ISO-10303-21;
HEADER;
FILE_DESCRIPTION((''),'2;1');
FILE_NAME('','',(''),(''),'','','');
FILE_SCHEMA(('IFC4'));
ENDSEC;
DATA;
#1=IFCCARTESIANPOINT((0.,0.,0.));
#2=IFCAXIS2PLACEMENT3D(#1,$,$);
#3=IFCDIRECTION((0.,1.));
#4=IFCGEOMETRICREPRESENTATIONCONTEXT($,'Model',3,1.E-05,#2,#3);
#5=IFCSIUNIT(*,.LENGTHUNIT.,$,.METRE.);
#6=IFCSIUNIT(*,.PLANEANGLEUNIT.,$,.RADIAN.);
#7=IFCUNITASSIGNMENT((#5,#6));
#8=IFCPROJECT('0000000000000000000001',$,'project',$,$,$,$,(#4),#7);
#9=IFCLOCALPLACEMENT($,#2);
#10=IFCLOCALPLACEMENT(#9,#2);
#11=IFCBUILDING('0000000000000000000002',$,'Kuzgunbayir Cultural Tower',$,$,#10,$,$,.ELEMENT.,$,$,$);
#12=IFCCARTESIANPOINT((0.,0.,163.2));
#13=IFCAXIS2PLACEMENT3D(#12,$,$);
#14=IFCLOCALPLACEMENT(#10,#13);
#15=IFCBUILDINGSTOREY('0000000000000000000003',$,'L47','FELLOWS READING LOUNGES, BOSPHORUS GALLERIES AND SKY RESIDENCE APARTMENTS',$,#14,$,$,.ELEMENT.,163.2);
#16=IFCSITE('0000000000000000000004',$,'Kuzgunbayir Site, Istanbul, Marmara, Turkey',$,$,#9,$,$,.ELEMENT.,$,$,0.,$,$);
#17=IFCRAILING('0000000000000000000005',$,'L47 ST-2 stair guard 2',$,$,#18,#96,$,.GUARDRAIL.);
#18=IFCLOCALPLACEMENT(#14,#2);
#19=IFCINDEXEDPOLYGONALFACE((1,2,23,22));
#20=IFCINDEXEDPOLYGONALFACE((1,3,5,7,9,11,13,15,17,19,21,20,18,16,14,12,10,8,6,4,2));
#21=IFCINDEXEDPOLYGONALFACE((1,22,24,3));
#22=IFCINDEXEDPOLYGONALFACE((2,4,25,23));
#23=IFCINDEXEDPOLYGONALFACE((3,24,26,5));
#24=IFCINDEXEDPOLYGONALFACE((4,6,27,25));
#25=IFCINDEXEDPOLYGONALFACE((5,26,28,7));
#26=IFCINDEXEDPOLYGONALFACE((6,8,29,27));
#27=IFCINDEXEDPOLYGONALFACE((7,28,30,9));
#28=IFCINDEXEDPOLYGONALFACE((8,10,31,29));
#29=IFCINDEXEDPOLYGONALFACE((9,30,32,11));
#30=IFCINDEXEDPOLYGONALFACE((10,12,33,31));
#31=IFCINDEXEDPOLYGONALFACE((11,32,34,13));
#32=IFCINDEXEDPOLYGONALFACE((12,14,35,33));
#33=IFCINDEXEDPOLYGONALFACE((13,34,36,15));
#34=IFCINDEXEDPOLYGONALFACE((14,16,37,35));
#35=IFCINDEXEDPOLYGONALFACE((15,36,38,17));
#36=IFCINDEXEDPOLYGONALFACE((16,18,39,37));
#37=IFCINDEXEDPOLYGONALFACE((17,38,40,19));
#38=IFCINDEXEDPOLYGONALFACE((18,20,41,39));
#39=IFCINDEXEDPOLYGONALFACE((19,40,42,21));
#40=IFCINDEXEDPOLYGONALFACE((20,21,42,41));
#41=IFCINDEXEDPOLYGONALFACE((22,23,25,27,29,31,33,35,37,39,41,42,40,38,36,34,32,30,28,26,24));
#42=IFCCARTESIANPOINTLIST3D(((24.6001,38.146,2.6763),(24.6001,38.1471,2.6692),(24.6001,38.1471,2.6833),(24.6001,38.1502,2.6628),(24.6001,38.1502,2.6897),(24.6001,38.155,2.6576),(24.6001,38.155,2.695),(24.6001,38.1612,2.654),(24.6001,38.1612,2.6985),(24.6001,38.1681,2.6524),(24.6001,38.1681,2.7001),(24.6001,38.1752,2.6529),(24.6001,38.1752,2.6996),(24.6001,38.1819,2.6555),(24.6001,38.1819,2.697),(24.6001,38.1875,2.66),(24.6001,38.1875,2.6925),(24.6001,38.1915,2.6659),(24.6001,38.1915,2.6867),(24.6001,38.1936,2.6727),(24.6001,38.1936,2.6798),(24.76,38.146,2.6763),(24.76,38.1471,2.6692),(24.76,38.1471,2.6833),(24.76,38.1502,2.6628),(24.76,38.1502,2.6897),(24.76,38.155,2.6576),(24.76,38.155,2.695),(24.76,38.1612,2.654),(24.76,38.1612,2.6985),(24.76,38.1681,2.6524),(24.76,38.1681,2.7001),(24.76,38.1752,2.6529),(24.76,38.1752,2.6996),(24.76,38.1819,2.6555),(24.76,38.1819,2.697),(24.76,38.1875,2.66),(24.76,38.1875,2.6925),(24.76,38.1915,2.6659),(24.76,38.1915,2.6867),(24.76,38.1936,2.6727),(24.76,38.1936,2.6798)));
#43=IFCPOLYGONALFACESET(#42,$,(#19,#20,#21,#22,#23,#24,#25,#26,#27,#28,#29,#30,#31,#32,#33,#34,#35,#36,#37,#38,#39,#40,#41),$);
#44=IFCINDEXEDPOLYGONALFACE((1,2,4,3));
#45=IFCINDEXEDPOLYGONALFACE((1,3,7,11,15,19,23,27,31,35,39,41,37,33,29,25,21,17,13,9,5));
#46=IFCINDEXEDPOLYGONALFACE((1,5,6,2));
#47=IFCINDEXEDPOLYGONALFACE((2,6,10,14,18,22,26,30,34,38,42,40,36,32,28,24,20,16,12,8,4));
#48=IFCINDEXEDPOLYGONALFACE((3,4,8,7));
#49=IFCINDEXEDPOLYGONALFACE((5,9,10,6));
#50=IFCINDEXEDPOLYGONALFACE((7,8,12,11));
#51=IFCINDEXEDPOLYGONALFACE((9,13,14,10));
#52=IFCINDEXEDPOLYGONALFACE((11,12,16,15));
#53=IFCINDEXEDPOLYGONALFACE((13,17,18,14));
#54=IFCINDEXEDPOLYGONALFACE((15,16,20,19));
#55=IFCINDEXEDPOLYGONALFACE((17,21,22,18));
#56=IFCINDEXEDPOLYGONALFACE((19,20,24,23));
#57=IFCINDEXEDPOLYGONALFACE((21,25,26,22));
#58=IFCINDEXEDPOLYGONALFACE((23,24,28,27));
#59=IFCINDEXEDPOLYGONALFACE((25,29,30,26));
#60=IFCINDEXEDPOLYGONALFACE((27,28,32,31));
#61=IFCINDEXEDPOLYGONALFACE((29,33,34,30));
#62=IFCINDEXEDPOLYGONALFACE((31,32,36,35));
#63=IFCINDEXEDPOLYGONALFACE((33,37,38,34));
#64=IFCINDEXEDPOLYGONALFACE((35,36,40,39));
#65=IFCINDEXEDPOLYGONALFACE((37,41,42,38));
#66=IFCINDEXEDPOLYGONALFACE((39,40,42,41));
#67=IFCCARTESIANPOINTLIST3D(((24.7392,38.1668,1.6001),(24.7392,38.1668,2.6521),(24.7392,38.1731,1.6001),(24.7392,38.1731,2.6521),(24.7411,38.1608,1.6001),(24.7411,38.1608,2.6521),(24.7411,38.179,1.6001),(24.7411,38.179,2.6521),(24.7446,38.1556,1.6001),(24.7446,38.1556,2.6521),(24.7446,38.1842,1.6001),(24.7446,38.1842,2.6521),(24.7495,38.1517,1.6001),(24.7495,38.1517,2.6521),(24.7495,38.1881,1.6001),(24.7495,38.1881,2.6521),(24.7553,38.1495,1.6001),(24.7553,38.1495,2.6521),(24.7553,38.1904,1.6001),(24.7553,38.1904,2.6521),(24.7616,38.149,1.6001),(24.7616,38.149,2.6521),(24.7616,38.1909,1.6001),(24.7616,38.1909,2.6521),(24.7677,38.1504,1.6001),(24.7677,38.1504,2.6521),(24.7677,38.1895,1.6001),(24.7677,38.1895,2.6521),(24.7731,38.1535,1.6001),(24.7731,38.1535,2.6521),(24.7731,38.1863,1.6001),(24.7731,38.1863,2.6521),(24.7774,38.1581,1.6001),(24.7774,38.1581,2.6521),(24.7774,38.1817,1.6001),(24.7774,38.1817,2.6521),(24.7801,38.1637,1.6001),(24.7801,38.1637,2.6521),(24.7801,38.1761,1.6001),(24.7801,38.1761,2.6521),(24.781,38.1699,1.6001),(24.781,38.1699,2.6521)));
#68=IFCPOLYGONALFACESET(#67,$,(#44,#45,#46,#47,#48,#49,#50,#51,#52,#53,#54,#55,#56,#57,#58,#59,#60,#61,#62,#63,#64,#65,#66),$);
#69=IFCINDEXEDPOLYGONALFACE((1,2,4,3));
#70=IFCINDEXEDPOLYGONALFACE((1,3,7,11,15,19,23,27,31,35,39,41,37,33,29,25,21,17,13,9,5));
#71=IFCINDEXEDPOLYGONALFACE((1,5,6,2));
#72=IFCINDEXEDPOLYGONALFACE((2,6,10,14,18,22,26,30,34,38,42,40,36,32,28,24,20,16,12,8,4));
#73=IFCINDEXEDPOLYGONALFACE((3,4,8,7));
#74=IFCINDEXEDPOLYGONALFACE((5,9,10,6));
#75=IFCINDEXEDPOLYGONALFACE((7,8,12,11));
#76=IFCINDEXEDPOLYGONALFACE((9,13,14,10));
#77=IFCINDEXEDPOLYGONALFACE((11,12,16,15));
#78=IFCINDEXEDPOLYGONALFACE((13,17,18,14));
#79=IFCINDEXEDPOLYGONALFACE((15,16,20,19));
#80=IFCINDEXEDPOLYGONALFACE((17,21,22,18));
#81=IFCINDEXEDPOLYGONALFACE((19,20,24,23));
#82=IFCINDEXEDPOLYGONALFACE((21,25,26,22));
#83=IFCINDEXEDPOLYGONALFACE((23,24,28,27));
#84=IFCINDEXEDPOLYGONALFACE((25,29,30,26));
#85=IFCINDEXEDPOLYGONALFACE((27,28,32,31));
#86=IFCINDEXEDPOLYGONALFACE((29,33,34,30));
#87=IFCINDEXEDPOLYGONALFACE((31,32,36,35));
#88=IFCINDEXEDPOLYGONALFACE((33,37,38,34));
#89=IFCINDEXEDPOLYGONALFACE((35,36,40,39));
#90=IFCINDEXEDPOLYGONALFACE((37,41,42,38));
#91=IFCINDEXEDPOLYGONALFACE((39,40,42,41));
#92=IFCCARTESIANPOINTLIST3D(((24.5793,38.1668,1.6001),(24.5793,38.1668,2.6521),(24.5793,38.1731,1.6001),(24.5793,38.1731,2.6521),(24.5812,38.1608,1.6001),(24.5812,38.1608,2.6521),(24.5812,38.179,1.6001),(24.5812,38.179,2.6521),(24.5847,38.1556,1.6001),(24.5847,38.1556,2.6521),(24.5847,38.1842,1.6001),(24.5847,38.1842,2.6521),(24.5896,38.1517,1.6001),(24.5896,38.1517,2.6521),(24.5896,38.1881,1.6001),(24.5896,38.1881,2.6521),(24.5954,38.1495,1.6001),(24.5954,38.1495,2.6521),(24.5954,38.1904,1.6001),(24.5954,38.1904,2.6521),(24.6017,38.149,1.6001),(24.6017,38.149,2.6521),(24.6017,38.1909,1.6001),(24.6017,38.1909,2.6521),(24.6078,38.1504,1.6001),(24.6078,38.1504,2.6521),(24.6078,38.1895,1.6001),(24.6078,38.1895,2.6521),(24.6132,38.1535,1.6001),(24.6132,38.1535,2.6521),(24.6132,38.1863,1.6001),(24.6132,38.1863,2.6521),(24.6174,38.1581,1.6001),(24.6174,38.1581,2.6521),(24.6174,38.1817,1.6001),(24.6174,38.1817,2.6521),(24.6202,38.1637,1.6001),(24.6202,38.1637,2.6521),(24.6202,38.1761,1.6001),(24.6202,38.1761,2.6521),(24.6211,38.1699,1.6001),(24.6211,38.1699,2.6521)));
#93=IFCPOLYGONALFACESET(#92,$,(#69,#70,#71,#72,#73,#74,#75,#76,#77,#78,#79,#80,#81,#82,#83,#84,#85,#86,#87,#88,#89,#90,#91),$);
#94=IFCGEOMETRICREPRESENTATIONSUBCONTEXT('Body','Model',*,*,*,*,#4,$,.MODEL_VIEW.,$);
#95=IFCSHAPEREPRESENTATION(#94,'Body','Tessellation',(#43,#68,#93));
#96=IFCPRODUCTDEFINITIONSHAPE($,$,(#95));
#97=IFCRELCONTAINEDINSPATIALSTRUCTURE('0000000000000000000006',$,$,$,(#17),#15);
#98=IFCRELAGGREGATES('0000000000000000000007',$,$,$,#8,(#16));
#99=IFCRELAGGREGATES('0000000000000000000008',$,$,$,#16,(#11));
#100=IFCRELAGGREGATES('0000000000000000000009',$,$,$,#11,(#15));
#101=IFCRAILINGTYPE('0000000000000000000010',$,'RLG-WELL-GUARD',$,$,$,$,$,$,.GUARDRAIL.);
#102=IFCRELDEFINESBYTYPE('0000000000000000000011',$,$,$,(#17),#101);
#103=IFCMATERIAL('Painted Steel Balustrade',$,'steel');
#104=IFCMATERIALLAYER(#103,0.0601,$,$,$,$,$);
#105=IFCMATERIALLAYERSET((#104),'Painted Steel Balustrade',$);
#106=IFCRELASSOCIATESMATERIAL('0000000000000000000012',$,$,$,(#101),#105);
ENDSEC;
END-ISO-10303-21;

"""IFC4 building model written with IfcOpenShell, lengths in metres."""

from ifc_helpers import new_model, si_unit, direction, frame, origin, origin_2d, place, context, subcontext, project, spatial, circle, extrude, material, layer, layer_set, type_object, element, save


model = new_model("IFC4")

# Units and contexts
model_context = context("Model", 3, precision=1e-05, world=origin(), true_north=direction((0.0, 1.0)))
body_context = subcontext(model_context, "Body", "Model", "MODEL_VIEW")
ifc_project = project(units=[si_unit("LENGTHUNIT", "METRE"), si_unit("PLANEANGLEUNIT", "RADIAN")], contexts=[model_context])

# Site, building, storey
site_placement = place(None, origin())
site = spatial("IfcSite", under=ifc_project, at=site_placement, Name="Kuzgunbayir Site, Istanbul, Marmara, Turkey", CompositionType="ELEMENT", RefElevation=0.0)
building_placement = place(site_placement, origin())
building = spatial("IfcBuilding", under=site, at=building_placement, Name="Kuzgunbayir Cultural Tower", CompositionType="ELEMENT")
storey_placement = place(building_placement, frame((0.0, 0.0, 163.2)))
storey = spatial("IfcBuildingStorey", under=building, at=storey_placement, Name="L47", Description="FELLOWS READING LOUNGES, BOSPHORUS GALLERIES AND SKY RESIDENCE APARTMENTS", CompositionType="ELEMENT", Elevation=163.2)

# Railing
ifc_material_1 = material(Name="Painted Steel Balustrade", Category="steel")
ifc_layer_1 = layer(ifc_material_1, 0.0601)
ifc_layer_set_1 = layer_set([ifc_layer_1], Name="Painted Steel Balustrade")
railing_type_1 = type_object("IfcRailingType", Name="RLG-WELL-GUARD", PredefinedType="GUARDRAIL", material=ifc_layer_set_1)
railing_1_placement = place(storey_placement, frame((24.76, 38.1699, 1.6001)))
element("IfcRailing", 1, at=railing_1_placement, inside=storey, type_object=railing_type_1, Name="L47 ST-2 stair guard 2", PredefinedType="GUARDRAIL", context=body_context, shape_type="SweptSolid", body=[
    extrude(circle(Radius=0.0239, at=origin_2d()), frame((0.0, 0.0, 1.0762), z_axis=(-1.0, 0.0, 0.0), x_axis=(0.0, -1.0, 0.0)), (0.0, 0.0, 1.0), 0.1599),
    extrude(circle(Radius=0.021, at=origin_2d()), origin(), (0.0, 0.0, 1.0), 1.052),
    extrude(circle(Radius=0.021, at=origin_2d()), frame((-0.1599, 0.0, 0.0)), (0.0, 0.0, 1.0), 1.052),
])

save(model, "model.ifc")
